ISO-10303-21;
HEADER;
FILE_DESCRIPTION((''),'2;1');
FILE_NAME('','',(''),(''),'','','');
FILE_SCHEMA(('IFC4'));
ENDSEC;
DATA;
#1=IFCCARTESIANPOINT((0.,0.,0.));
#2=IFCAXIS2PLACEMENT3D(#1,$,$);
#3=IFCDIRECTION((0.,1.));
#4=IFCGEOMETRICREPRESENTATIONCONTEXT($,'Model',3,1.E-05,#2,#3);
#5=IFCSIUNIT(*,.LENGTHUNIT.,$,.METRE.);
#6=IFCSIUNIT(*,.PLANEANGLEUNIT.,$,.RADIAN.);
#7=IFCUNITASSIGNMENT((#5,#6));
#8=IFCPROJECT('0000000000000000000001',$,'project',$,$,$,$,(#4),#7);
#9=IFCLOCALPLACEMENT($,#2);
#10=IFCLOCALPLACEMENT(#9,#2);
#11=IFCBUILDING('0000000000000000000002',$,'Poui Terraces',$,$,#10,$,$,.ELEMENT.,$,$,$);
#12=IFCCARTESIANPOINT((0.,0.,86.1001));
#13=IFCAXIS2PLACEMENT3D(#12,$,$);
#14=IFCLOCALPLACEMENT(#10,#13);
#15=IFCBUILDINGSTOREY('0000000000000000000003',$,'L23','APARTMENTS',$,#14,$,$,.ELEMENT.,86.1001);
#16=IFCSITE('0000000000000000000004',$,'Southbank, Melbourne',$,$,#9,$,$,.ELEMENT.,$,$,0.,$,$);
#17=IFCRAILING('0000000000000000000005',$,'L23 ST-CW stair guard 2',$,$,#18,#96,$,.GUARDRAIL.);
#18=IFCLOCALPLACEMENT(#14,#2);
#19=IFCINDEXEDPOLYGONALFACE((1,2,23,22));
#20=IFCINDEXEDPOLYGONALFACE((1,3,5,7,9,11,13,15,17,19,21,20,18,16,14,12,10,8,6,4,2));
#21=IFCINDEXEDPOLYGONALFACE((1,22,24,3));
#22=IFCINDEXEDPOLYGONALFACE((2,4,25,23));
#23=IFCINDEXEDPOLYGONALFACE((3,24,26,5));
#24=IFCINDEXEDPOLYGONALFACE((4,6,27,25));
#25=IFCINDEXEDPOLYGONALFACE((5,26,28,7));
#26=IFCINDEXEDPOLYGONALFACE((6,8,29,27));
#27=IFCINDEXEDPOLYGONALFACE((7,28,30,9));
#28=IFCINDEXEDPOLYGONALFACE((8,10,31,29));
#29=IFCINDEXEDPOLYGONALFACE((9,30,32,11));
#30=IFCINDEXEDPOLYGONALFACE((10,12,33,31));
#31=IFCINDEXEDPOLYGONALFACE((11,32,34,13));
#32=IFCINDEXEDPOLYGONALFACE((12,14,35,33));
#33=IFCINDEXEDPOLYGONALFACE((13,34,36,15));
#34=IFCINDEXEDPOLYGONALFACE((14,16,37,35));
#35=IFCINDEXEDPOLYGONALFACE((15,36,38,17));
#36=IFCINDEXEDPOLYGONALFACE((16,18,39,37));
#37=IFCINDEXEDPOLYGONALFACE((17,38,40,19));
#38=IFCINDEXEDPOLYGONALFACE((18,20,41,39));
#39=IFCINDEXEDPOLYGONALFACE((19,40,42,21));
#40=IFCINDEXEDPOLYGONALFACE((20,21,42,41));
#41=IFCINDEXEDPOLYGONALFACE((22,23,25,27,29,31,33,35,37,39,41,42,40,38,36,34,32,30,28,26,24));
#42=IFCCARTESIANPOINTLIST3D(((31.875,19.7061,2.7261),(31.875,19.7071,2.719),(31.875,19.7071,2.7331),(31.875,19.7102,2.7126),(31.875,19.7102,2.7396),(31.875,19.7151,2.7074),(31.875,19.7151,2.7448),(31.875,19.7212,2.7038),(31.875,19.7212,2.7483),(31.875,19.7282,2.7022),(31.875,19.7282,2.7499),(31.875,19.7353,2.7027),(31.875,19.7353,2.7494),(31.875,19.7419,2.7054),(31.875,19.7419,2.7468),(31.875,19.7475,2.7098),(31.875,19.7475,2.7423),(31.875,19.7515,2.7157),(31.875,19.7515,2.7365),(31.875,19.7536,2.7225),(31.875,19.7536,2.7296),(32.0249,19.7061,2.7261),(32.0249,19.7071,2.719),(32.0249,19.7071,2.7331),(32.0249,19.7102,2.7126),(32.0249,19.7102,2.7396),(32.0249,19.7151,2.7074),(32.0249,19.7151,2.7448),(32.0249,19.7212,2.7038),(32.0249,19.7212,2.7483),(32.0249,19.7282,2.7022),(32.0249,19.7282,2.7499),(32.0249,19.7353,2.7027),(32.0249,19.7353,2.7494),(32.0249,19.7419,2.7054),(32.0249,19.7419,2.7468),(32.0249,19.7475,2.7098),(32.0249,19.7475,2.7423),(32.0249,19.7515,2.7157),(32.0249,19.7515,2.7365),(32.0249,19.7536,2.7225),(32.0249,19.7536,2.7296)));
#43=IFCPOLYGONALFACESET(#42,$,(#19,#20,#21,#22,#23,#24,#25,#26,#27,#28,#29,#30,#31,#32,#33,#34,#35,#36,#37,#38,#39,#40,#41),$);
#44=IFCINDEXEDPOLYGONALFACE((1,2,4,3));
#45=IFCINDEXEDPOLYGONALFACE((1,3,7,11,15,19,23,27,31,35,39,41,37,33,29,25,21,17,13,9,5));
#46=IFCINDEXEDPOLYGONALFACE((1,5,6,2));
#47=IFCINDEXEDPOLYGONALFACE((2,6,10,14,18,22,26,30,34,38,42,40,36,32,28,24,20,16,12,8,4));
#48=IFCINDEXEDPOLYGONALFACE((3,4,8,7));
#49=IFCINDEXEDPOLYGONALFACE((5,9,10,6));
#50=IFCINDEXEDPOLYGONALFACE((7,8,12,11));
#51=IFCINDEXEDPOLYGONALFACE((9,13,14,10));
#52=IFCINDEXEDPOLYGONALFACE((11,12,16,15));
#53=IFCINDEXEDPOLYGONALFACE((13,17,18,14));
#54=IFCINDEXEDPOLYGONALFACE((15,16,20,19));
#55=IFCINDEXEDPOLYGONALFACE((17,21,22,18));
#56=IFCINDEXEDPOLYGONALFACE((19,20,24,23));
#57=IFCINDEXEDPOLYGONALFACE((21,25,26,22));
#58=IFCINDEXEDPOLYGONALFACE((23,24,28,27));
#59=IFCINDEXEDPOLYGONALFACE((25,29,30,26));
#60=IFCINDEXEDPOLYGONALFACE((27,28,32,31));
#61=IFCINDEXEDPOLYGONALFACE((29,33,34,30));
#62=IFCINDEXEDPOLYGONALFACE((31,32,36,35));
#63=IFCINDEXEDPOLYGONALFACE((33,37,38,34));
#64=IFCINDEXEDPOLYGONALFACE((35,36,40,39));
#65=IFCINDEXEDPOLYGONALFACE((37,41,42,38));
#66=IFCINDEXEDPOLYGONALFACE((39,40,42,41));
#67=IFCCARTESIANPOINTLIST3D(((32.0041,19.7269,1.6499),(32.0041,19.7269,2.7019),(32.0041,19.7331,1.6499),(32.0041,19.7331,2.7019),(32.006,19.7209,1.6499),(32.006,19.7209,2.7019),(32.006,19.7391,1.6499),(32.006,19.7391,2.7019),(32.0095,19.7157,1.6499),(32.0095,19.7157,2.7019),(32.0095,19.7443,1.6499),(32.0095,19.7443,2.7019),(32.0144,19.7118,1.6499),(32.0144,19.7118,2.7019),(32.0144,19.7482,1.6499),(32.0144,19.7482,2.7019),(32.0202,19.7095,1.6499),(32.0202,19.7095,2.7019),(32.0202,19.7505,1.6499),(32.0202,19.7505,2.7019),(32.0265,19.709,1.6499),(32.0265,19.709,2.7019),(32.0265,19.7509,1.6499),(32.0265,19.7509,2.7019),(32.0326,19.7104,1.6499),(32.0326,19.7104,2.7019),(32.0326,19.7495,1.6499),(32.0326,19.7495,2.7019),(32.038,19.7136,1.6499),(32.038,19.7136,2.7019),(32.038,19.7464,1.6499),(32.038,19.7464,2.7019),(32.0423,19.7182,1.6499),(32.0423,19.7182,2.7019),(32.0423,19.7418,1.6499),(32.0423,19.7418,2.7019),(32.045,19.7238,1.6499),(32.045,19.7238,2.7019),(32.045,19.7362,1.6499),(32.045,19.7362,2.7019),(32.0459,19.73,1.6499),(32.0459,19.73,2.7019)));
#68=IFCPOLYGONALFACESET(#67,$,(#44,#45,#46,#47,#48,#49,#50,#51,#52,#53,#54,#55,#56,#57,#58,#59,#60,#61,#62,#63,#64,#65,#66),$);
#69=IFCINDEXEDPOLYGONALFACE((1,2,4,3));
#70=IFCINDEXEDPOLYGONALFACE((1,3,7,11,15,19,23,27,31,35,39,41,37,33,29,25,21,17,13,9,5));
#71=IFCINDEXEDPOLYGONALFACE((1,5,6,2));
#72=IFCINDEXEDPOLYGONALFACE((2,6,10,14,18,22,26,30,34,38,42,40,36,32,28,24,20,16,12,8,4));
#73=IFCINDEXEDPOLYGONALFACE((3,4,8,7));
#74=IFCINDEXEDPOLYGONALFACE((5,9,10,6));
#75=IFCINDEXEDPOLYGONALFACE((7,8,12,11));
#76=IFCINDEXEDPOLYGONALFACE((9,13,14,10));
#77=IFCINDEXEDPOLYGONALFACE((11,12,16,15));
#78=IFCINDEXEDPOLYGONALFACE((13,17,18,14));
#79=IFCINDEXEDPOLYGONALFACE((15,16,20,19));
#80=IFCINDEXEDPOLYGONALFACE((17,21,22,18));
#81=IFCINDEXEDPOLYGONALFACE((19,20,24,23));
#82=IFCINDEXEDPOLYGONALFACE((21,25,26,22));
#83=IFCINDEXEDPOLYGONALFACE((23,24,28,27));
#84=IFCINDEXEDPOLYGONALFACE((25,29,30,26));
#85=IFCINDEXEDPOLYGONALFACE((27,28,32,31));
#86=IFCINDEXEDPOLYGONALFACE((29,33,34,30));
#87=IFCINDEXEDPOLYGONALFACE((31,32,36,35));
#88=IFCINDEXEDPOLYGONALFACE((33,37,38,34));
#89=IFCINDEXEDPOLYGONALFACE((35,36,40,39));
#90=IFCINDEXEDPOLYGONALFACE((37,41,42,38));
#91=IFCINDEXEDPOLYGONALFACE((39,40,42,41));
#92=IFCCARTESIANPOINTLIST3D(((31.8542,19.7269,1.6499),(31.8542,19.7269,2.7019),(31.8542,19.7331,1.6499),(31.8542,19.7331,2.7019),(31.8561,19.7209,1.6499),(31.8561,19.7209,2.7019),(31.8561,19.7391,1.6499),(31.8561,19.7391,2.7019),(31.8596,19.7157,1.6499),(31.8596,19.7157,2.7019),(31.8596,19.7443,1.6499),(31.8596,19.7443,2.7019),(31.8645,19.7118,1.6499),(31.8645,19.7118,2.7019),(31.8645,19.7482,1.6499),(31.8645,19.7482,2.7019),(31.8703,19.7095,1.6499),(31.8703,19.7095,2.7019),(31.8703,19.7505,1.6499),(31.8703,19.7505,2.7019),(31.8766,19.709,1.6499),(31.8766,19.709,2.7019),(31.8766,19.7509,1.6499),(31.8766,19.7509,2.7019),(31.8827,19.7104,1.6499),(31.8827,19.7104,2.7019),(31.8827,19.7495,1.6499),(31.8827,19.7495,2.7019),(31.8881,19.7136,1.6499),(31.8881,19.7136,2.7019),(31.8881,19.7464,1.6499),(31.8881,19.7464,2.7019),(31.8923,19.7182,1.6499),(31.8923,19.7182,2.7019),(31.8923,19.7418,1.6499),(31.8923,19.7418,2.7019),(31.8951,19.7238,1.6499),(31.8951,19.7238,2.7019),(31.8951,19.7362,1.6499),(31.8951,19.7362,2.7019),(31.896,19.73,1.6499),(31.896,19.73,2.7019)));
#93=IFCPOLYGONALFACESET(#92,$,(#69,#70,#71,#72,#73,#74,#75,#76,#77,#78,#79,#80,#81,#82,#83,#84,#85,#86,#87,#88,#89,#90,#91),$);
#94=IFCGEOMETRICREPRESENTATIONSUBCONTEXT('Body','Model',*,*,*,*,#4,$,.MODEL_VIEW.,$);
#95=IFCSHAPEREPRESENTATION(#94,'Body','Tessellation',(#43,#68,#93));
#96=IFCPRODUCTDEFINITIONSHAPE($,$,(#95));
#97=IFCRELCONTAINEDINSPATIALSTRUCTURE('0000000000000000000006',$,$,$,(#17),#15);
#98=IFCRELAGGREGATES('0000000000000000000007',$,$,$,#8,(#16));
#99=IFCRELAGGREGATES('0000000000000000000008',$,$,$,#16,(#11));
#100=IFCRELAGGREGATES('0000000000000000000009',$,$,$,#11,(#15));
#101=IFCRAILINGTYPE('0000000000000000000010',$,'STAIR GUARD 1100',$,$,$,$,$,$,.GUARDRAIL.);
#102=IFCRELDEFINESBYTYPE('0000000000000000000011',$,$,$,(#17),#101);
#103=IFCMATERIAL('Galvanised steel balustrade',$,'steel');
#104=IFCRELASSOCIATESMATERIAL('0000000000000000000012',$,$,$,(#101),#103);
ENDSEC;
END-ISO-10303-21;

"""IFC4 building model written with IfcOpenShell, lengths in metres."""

from ifc_helpers import new_model, si_unit, direction, frame, origin, origin_2d, place, context, subcontext, project, spatial, circle, extrude, material, type_object, element, save


model = new_model("IFC4")

# Units and contexts
model_context = context("Model", 3, precision=1e-05, world=origin(), true_north=direction((0.0, 1.0)))
body_context = subcontext(model_context, "Body", "Model", "MODEL_VIEW")
ifc_project = project(units=[si_unit("LENGTHUNIT", "METRE"), si_unit("PLANEANGLEUNIT", "RADIAN")], contexts=[model_context])

# Site, building, storey
site_placement = place(None, origin())
site = spatial("IfcSite", under=ifc_project, at=site_placement, Name="Southbank, Melbourne", CompositionType="ELEMENT", RefElevation=0.0)
building_placement = place(site_placement, origin())
building = spatial("IfcBuilding", under=site, at=building_placement, Name="Poui Terraces", CompositionType="ELEMENT")
storey_placement = place(building_placement, frame((0.0, 0.0, 86.1001)))
storey = spatial("IfcBuildingStorey", under=building, at=storey_placement, Name="L23", Description="APARTMENTS", CompositionType="ELEMENT", Elevation=86.1001)

# Railing
ifc_material_1 = material(Name="Galvanised steel balustrade", Category="steel")
railing_type_1 = type_object("IfcRailingType", Name="STAIR GUARD 1100", PredefinedType="GUARDRAIL", material=ifc_material_1)
railing_1_placement = place(storey_placement, frame((32.0249, 19.73, 1.6499)))
element("IfcRailing", 1, at=railing_1_placement, inside=storey, type_object=railing_type_1, Name="L23 ST-CW stair guard 2", PredefinedType="GUARDRAIL", context=body_context, shape_type="SweptSolid", body=[
    extrude(circle(Radius=0.0239, at=origin_2d()), frame((0.0, 0.0, 1.0762), z_axis=(-1.0, 0.0, 0.0), x_axis=(0.0, -1.0, 0.0)), (0.0, 0.0, 1.0), 0.1499),
    extrude(circle(Radius=0.021, at=origin_2d()), origin(), (0.0, 0.0, 1.0), 1.052),
    extrude(circle(Radius=0.021, at=origin_2d()), frame((-0.1499, 0.0, 0.0)), (0.0, 0.0, 1.0), 1.052),
])

save(model, "model.ifc")
